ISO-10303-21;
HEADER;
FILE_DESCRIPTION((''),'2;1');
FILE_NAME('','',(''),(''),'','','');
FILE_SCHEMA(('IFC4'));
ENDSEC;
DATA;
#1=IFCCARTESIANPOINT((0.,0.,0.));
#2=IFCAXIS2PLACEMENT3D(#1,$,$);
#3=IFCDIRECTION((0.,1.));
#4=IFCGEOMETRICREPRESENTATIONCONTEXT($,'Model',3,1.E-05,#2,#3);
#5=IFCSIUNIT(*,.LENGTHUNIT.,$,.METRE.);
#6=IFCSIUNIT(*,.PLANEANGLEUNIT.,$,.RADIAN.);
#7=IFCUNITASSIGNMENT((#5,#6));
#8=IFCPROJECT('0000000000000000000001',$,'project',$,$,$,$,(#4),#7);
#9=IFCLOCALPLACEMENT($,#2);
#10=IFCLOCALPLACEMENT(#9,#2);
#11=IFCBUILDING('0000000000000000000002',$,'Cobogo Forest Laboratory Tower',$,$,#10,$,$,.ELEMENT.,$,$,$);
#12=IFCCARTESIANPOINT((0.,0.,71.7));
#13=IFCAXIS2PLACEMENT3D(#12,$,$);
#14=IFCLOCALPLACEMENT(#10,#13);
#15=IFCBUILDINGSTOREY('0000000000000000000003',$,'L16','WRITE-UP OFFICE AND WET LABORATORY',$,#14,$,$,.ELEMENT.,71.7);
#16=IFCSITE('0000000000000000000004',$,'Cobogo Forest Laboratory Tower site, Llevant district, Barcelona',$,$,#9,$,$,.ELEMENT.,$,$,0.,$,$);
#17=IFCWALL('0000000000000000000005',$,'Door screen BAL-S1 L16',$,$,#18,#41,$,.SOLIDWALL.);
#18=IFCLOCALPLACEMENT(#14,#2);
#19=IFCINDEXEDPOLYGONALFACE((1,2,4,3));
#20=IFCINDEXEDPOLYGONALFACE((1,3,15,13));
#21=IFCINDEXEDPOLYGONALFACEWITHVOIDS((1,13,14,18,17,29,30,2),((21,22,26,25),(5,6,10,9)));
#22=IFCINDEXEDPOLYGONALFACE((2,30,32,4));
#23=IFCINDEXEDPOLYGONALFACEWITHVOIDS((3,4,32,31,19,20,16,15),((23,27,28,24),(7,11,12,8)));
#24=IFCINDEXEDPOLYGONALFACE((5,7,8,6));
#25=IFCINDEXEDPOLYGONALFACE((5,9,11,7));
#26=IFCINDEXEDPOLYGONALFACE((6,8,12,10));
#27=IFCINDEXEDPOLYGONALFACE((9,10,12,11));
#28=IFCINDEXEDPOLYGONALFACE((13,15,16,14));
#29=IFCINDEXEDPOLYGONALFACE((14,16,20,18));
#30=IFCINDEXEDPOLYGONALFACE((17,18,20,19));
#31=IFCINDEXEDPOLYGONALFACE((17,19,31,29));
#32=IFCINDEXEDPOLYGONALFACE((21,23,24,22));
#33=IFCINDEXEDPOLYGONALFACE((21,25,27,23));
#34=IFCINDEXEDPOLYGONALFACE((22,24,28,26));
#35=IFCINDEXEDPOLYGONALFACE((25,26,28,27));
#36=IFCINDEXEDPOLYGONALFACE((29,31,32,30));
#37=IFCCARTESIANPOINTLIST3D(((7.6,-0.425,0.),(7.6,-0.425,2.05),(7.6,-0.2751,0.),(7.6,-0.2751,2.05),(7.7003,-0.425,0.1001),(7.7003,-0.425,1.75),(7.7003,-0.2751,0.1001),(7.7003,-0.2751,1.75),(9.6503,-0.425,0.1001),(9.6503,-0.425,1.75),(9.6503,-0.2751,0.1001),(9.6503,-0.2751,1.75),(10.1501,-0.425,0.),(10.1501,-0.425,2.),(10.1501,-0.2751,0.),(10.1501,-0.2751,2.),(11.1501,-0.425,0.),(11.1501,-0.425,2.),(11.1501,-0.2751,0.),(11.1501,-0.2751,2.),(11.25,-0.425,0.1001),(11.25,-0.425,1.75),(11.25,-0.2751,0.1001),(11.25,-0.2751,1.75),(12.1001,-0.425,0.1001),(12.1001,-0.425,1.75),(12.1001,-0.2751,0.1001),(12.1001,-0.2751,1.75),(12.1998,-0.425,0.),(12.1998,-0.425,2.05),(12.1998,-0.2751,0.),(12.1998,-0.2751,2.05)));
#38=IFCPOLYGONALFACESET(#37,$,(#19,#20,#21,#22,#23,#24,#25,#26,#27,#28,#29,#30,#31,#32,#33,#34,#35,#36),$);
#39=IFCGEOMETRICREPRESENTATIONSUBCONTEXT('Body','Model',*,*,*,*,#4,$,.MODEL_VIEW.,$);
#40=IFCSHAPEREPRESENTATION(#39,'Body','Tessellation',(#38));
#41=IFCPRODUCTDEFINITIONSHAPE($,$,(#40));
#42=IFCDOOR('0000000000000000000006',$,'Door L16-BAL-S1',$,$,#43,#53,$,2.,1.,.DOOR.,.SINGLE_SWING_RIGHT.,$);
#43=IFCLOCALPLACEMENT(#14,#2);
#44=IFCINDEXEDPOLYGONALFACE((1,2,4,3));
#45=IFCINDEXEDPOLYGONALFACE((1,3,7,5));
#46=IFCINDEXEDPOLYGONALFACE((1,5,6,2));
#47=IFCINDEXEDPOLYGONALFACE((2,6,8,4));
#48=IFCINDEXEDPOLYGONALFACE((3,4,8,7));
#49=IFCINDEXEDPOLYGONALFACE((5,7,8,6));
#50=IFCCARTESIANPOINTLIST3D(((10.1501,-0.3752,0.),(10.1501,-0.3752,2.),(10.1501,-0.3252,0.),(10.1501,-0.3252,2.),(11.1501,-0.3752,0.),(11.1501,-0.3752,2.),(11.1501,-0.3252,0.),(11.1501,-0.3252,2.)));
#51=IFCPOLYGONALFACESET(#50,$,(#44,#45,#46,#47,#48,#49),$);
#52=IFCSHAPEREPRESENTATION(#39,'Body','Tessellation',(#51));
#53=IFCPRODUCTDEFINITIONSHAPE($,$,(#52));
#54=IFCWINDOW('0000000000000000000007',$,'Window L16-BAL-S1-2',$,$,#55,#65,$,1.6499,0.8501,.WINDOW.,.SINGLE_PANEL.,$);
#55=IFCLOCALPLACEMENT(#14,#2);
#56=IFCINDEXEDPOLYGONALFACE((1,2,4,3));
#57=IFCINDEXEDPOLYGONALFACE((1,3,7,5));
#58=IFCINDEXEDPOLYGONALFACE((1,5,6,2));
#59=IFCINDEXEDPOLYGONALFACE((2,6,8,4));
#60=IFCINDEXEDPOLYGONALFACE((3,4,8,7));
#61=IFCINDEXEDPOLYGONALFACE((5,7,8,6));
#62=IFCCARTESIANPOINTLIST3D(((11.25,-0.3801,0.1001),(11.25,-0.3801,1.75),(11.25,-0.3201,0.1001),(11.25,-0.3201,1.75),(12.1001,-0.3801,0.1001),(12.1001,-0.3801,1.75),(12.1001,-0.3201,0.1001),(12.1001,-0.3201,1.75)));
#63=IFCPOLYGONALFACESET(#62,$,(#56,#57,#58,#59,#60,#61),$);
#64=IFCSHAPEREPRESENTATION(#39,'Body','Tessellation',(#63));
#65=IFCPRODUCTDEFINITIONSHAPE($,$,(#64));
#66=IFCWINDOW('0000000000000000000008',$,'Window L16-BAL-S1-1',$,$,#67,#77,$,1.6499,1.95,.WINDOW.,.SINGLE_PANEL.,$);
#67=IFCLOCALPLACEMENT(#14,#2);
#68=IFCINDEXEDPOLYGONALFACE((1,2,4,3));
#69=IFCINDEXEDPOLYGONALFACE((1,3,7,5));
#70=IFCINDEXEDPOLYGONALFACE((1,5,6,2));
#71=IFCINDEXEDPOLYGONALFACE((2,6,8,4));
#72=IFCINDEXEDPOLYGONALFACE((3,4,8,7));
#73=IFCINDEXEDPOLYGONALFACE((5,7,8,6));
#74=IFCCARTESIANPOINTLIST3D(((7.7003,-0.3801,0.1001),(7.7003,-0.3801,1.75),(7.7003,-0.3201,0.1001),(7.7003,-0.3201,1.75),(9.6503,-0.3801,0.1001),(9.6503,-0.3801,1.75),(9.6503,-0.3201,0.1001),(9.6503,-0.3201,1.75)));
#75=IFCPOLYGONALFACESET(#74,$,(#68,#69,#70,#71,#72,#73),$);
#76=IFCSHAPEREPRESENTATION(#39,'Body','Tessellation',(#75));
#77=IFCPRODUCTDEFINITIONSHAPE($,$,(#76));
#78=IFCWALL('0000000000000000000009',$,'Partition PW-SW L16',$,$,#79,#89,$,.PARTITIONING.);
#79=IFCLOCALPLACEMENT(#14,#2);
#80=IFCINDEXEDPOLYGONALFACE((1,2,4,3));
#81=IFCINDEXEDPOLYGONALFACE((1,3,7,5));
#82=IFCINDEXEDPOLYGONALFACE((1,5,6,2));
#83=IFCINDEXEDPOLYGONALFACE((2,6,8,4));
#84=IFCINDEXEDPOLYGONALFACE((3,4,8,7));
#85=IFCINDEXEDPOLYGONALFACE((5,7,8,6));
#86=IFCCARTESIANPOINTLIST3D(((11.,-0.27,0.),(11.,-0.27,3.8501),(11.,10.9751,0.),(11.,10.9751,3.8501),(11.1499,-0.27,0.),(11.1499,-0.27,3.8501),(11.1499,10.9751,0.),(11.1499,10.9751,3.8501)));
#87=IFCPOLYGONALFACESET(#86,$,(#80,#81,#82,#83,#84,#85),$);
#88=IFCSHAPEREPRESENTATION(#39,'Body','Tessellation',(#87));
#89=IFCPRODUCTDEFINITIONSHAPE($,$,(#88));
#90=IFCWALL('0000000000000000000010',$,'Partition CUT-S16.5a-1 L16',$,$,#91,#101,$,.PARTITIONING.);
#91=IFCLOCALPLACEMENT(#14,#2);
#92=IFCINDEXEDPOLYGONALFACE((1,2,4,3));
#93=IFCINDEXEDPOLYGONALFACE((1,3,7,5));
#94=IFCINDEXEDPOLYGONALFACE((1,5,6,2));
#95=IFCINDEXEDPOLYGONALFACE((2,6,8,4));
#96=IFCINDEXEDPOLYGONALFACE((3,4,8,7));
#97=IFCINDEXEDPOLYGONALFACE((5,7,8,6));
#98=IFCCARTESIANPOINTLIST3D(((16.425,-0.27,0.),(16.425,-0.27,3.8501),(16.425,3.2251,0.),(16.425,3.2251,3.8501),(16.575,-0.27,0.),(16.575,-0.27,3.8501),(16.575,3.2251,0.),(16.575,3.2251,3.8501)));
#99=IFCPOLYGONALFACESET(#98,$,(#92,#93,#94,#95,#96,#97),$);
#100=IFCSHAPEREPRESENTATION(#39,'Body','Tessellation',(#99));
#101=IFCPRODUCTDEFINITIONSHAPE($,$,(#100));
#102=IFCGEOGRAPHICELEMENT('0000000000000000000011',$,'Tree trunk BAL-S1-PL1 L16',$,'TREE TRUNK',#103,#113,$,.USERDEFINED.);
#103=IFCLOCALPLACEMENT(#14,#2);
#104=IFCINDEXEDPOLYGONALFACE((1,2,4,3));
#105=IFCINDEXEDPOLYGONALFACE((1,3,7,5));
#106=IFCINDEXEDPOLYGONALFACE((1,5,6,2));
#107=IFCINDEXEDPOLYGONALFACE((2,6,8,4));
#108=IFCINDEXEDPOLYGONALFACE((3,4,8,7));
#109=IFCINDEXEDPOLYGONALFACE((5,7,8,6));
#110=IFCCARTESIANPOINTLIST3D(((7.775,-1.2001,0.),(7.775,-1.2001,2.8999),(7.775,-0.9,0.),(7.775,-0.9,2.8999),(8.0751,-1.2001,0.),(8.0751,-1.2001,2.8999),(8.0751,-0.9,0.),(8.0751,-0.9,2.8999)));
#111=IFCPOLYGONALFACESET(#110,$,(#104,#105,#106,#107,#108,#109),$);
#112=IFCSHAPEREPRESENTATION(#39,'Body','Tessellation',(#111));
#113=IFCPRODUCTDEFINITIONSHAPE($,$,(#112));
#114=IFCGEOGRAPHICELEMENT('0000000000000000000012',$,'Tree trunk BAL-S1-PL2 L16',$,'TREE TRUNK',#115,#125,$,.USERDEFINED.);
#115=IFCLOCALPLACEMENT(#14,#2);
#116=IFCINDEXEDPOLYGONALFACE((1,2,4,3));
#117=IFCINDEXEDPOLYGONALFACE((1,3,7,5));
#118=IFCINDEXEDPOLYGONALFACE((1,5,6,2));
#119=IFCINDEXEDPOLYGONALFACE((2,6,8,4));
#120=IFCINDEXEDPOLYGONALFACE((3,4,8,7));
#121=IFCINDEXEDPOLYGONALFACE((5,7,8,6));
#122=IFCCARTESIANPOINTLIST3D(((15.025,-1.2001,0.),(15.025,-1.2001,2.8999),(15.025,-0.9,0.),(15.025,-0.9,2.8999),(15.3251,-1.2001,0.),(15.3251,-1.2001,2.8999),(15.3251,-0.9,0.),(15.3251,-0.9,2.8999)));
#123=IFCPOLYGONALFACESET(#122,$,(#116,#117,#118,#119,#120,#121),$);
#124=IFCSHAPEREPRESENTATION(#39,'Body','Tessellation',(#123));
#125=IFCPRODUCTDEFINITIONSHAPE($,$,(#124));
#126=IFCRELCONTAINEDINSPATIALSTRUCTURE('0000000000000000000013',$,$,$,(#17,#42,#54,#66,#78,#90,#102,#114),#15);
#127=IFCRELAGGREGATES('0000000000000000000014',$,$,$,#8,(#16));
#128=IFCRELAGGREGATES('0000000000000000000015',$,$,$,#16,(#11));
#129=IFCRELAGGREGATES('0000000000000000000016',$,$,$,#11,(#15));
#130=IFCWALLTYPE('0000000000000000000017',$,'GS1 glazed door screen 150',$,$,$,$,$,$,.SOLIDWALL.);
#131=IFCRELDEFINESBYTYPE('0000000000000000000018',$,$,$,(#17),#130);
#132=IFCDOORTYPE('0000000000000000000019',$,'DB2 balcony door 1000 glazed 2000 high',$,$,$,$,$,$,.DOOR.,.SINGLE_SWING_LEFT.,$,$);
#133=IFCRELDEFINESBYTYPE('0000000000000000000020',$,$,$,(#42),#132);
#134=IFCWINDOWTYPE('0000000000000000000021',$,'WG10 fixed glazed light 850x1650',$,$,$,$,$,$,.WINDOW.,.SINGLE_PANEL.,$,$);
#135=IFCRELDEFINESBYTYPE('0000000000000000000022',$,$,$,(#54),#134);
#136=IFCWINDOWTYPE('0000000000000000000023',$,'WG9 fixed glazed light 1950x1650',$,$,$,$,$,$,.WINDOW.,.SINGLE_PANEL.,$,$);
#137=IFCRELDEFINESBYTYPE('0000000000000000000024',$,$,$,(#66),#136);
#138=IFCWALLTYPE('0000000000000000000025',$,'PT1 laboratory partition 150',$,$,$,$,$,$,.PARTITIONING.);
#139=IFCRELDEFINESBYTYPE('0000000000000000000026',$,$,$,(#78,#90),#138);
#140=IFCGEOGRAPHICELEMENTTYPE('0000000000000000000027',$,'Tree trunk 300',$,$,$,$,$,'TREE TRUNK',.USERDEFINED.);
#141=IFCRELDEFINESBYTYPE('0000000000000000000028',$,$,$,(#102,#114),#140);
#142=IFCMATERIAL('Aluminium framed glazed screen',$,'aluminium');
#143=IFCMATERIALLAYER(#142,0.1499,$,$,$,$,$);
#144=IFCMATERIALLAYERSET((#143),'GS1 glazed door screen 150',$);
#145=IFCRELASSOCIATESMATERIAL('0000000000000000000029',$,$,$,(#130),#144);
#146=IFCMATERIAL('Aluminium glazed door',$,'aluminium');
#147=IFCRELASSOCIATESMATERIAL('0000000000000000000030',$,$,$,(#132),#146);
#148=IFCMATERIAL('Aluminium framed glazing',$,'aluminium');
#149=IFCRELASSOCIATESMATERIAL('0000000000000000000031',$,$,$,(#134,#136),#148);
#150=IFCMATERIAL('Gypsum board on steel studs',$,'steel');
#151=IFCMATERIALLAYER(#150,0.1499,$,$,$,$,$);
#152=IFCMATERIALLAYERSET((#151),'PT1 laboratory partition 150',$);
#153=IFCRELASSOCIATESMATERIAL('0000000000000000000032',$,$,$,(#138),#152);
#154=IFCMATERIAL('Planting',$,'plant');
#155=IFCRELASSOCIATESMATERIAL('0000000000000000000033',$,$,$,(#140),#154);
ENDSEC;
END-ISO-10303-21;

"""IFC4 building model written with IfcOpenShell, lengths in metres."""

from ifc_helpers import new_model, si_unit, direction, frame, frame_2d, origin, origin_2d, place, context, subcontext, project, spatial, rectangle, extrude, material, layer, layer_set, type_object, element, fill, save


model = new_model("IFC4")

# Units and contexts
model_context = context("Model", 3, precision=1e-05, world=origin(), true_north=direction((0.0, 1.0)))
body_context = subcontext(model_context, "Body", "Model", "MODEL_VIEW")
ifc_project = project(units=[si_unit("LENGTHUNIT", "METRE"), si_unit("PLANEANGLEUNIT", "RADIAN")], contexts=[model_context])

# Site, building, storey
site_placement = place(None, origin())
site = spatial("IfcSite", under=ifc_project, at=site_placement, Name="Cobogo Forest Laboratory Tower site, Llevant district, Barcelona", CompositionType="ELEMENT", RefElevation=0.0)
building_placement = place(site_placement, origin())
building = spatial("IfcBuilding", under=site, at=building_placement, Name="Cobogo Forest Laboratory Tower", CompositionType="ELEMENT")
storey_placement = place(building_placement, frame((0.0, 0.0, 71.7)))
storey = spatial("IfcBuildingStorey", under=building, at=storey_placement, Name="L16", Description="WRITE-UP OFFICE AND WET LABORATORY", CompositionType="ELEMENT", Elevation=71.7)

# Wall, openings, door, windows
ifc_material_1 = material(Name="Aluminium framed glazed screen", Category="aluminium")
ifc_layer_1 = layer(ifc_material_1, 0.1499)
ifc_layer_set_1 = layer_set([ifc_layer_1], Name="GS1 glazed door screen 150")
wall_type_1 = type_object("IfcWallType", Name="GS1 glazed door screen 150", PredefinedType="SOLIDWALL", material=ifc_layer_set_1)
wall_1_placement = place(storey_placement, frame((7.6001, -0.3501, 0.0), z_axis=(0.0, 0.0, 1.0), x_axis=(1.0, 0.0, 0.0)))
wall_1 = element("IfcWall", 1, at=wall_1_placement, inside=storey, type_object=wall_type_1, Name="Door screen BAL-S1 L16", PredefinedType="SOLIDWALL", context=body_context, shape_type="SweptSolid", body=[
    extrude(rectangle(XDim=4.5999, YDim=0.1499, at=frame_2d((2.2998, 0.0))), origin(), (0.0, 0.0, 1.0), 2.05),
])
opening_1_placement = place(wall_1_placement, frame((2.55, 0.0, 0.0)))
opening_1 = element("IfcOpeningElement", 2, at=opening_1_placement, cuts=wall_1, PredefinedType="OPENING", context=body_context, shape_type="SweptSolid", body=[
    extrude(rectangle(XDim=1.0, YDim=2.0, at=frame_2d((0.5, 1.0))), frame((0.0, 0.085, 0.0), z_axis=(0.0, -1.0, 0.0), x_axis=(1.0, 0.0, 0.0)), (0.0, 0.0, 1.0), 0.1699),
])
opening_2_placement = place(wall_1_placement, frame((0.1001, 0.0, 0.1001)))
opening_2 = element("IfcOpeningElement", 3, at=opening_2_placement, cuts=wall_1, PredefinedType="OPENING", context=body_context, shape_type="SweptSolid", body=[
    extrude(rectangle(XDim=1.95, YDim=1.6499, at=frame_2d((0.9751, 0.825))), frame((0.0, 0.085, 0.0), z_axis=(0.0, -1.0, 0.0), x_axis=(1.0, 0.0, 0.0)), (0.0, 0.0, 1.0), 0.1699),
])
opening_3_placement = place(wall_1_placement, frame((3.6499, 0.0, 0.1001)))
opening_3 = element("IfcOpeningElement", 4, at=opening_3_placement, cuts=wall_1, PredefinedType="OPENING", context=body_context, shape_type="SweptSolid", body=[
    extrude(rectangle(XDim=0.8501, YDim=1.6499, at=frame_2d((0.425, 0.825))), frame((0.0, 0.085, 0.0), z_axis=(0.0, -1.0, 0.0), x_axis=(1.0, 0.0, 0.0)), (0.0, 0.0, 1.0), 0.1699),
])
ifc_material_2 = material(Name="Aluminium glazed door", Category="aluminium")
door_type = type_object("IfcDoorType", Name="DB2 balcony door 1000 glazed 2000 high", OperationType="SINGLE_SWING_LEFT", PredefinedType="DOOR", material=ifc_material_2)
door_placement = place(opening_1_placement, origin())
door = element("IfcDoor", 5, at=door_placement, inside=storey, type_object=door_type, Name="Door L16-BAL-S1", OperationType="SINGLE_SWING_RIGHT", OverallHeight=2.0, OverallWidth=1.0, PredefinedType="DOOR", context=body_context, shape_type="SweptSolid", body=[
    extrude(rectangle(XDim=1.0, YDim=2.0, at=frame_2d((0.5, 1.0))), frame((0.0, 0.0249, 0.0), z_axis=(0.0, -1.0, 0.0), x_axis=(1.0, 0.0, 0.0)), (0.0, 0.0, 1.0), 0.05),
])
fill(opening_1, door)
ifc_material_3 = material(Name="Aluminium framed glazing", Category="aluminium")
window_type_1 = type_object("IfcWindowType", Name="WG10 fixed glazed light 850x1650", PartitioningType="SINGLE_PANEL", PredefinedType="WINDOW", material=ifc_material_3)
window_1_placement = place(opening_3_placement, origin())
window_1 = element("IfcWindow", 6, at=window_1_placement, inside=storey, type_object=window_type_1, Name="Window L16-BAL-S1-2", OverallHeight=1.6499, OverallWidth=0.8501, PartitioningType="SINGLE_PANEL", PredefinedType="WINDOW", context=body_context, shape_type="SweptSolid", body=[
    extrude(rectangle(XDim=0.8501, YDim=1.6499, at=frame_2d((0.425, 0.825))), frame((0.0, 0.03, 0.0), z_axis=(0.0, -1.0, 0.0), x_axis=(1.0, 0.0, 0.0)), (0.0, 0.0, 1.0), 0.0601),
])
fill(opening_3, window_1)
window_type_2 = type_object("IfcWindowType", Name="WG9 fixed glazed light 1950x1650", PartitioningType="SINGLE_PANEL", PredefinedType="WINDOW", material=ifc_material_3)
window_2_placement = place(opening_2_placement, origin())
window_2 = element("IfcWindow", 7, at=window_2_placement, inside=storey, type_object=window_type_2, Name="Window L16-BAL-S1-1", OverallHeight=1.6499, OverallWidth=1.95, PartitioningType="SINGLE_PANEL", PredefinedType="WINDOW", context=body_context, shape_type="SweptSolid", body=[
    extrude(rectangle(XDim=1.95, YDim=1.6499, at=frame_2d((0.9751, 0.825))), frame((0.0, 0.03, 0.0), z_axis=(0.0, -1.0, 0.0), x_axis=(1.0, 0.0, 0.0)), (0.0, 0.0, 1.0), 0.0601),
])
fill(opening_2, window_2)

# Walls
ifc_material_4 = material(Name="Gypsum board on steel studs", Category="steel")
ifc_layer_2 = layer(ifc_material_4, 0.1499)
ifc_layer_set_2 = layer_set([ifc_layer_2], Name="PT1 laboratory partition 150")
wall_type_2 = type_object("IfcWallType", Name="PT1 laboratory partition 150", PredefinedType="PARTITIONING", material=ifc_layer_set_2)
wall_2_placement = place(storey_placement, frame((11.075, -0.27, 0.0), z_axis=(0.0, 0.0, 1.0), x_axis=(0.0, 1.0, 0.0)))
element("IfcWall", 8, at=wall_2_placement, inside=storey, type_object=wall_type_2, Name="Partition PW-SW L16", PredefinedType="PARTITIONING", context=body_context, shape_type="SweptSolid", body=[
    extrude(rectangle(XDim=11.2451, YDim=0.1499, at=frame_2d((5.6226, 0.0))), origin(), (0.0, 0.0, 1.0), 3.8501),
])
wall_3_placement = place(storey_placement, frame((16.5, -0.27, 0.0), z_axis=(0.0, 0.0, 1.0), x_axis=(0.0, 1.0, 0.0)))
element("IfcWall", 9, at=wall_3_placement, inside=storey, type_object=wall_type_2, Name="Partition CUT-S16.5a-1 L16", PredefinedType="PARTITIONING", context=body_context, shape_type="SweptSolid", body=[
    extrude(rectangle(XDim=3.4951, YDim=0.1499, at=frame_2d((1.7476, 0.0))), origin(), (0.0, 0.0, 1.0), 3.8501),
])

# Geographic elements
ifc_material_5 = material(Name="Planting", Category="plant")
geographic_element_type = type_object("IfcGeographicElementType", Name="Tree trunk 300", ElementType="TREE TRUNK", PredefinedType="USERDEFINED", material=ifc_material_5)
for number, where, z_axis, x_axis, name in (
    (10, (7.925, -1.05, 0.0), (0.0, 0.0, 1.0), (1.0, 0.0, 0.0), "Tree trunk BAL-S1-PL1 L16"),
    (11, (15.175, -1.05, 0.0), (0.0, 0.0, 1.0), (1.0, 0.0, 0.0), "Tree trunk BAL-S1-PL2 L16"),
):
    element("IfcGeographicElement", number, at=place(storey_placement, frame(where, z_axis=z_axis, x_axis=x_axis)), inside=storey, type_object=geographic_element_type, Name=name, ObjectType="TREE TRUNK", PredefinedType="USERDEFINED", context=body_context, shape_type="SweptSolid", body=[
        extrude(rectangle(XDim=0.3, YDim=0.3, at=origin_2d()), origin(), (0.0, 0.0, 1.0), 2.8999),
    ])

save(model, "model.ifc")
